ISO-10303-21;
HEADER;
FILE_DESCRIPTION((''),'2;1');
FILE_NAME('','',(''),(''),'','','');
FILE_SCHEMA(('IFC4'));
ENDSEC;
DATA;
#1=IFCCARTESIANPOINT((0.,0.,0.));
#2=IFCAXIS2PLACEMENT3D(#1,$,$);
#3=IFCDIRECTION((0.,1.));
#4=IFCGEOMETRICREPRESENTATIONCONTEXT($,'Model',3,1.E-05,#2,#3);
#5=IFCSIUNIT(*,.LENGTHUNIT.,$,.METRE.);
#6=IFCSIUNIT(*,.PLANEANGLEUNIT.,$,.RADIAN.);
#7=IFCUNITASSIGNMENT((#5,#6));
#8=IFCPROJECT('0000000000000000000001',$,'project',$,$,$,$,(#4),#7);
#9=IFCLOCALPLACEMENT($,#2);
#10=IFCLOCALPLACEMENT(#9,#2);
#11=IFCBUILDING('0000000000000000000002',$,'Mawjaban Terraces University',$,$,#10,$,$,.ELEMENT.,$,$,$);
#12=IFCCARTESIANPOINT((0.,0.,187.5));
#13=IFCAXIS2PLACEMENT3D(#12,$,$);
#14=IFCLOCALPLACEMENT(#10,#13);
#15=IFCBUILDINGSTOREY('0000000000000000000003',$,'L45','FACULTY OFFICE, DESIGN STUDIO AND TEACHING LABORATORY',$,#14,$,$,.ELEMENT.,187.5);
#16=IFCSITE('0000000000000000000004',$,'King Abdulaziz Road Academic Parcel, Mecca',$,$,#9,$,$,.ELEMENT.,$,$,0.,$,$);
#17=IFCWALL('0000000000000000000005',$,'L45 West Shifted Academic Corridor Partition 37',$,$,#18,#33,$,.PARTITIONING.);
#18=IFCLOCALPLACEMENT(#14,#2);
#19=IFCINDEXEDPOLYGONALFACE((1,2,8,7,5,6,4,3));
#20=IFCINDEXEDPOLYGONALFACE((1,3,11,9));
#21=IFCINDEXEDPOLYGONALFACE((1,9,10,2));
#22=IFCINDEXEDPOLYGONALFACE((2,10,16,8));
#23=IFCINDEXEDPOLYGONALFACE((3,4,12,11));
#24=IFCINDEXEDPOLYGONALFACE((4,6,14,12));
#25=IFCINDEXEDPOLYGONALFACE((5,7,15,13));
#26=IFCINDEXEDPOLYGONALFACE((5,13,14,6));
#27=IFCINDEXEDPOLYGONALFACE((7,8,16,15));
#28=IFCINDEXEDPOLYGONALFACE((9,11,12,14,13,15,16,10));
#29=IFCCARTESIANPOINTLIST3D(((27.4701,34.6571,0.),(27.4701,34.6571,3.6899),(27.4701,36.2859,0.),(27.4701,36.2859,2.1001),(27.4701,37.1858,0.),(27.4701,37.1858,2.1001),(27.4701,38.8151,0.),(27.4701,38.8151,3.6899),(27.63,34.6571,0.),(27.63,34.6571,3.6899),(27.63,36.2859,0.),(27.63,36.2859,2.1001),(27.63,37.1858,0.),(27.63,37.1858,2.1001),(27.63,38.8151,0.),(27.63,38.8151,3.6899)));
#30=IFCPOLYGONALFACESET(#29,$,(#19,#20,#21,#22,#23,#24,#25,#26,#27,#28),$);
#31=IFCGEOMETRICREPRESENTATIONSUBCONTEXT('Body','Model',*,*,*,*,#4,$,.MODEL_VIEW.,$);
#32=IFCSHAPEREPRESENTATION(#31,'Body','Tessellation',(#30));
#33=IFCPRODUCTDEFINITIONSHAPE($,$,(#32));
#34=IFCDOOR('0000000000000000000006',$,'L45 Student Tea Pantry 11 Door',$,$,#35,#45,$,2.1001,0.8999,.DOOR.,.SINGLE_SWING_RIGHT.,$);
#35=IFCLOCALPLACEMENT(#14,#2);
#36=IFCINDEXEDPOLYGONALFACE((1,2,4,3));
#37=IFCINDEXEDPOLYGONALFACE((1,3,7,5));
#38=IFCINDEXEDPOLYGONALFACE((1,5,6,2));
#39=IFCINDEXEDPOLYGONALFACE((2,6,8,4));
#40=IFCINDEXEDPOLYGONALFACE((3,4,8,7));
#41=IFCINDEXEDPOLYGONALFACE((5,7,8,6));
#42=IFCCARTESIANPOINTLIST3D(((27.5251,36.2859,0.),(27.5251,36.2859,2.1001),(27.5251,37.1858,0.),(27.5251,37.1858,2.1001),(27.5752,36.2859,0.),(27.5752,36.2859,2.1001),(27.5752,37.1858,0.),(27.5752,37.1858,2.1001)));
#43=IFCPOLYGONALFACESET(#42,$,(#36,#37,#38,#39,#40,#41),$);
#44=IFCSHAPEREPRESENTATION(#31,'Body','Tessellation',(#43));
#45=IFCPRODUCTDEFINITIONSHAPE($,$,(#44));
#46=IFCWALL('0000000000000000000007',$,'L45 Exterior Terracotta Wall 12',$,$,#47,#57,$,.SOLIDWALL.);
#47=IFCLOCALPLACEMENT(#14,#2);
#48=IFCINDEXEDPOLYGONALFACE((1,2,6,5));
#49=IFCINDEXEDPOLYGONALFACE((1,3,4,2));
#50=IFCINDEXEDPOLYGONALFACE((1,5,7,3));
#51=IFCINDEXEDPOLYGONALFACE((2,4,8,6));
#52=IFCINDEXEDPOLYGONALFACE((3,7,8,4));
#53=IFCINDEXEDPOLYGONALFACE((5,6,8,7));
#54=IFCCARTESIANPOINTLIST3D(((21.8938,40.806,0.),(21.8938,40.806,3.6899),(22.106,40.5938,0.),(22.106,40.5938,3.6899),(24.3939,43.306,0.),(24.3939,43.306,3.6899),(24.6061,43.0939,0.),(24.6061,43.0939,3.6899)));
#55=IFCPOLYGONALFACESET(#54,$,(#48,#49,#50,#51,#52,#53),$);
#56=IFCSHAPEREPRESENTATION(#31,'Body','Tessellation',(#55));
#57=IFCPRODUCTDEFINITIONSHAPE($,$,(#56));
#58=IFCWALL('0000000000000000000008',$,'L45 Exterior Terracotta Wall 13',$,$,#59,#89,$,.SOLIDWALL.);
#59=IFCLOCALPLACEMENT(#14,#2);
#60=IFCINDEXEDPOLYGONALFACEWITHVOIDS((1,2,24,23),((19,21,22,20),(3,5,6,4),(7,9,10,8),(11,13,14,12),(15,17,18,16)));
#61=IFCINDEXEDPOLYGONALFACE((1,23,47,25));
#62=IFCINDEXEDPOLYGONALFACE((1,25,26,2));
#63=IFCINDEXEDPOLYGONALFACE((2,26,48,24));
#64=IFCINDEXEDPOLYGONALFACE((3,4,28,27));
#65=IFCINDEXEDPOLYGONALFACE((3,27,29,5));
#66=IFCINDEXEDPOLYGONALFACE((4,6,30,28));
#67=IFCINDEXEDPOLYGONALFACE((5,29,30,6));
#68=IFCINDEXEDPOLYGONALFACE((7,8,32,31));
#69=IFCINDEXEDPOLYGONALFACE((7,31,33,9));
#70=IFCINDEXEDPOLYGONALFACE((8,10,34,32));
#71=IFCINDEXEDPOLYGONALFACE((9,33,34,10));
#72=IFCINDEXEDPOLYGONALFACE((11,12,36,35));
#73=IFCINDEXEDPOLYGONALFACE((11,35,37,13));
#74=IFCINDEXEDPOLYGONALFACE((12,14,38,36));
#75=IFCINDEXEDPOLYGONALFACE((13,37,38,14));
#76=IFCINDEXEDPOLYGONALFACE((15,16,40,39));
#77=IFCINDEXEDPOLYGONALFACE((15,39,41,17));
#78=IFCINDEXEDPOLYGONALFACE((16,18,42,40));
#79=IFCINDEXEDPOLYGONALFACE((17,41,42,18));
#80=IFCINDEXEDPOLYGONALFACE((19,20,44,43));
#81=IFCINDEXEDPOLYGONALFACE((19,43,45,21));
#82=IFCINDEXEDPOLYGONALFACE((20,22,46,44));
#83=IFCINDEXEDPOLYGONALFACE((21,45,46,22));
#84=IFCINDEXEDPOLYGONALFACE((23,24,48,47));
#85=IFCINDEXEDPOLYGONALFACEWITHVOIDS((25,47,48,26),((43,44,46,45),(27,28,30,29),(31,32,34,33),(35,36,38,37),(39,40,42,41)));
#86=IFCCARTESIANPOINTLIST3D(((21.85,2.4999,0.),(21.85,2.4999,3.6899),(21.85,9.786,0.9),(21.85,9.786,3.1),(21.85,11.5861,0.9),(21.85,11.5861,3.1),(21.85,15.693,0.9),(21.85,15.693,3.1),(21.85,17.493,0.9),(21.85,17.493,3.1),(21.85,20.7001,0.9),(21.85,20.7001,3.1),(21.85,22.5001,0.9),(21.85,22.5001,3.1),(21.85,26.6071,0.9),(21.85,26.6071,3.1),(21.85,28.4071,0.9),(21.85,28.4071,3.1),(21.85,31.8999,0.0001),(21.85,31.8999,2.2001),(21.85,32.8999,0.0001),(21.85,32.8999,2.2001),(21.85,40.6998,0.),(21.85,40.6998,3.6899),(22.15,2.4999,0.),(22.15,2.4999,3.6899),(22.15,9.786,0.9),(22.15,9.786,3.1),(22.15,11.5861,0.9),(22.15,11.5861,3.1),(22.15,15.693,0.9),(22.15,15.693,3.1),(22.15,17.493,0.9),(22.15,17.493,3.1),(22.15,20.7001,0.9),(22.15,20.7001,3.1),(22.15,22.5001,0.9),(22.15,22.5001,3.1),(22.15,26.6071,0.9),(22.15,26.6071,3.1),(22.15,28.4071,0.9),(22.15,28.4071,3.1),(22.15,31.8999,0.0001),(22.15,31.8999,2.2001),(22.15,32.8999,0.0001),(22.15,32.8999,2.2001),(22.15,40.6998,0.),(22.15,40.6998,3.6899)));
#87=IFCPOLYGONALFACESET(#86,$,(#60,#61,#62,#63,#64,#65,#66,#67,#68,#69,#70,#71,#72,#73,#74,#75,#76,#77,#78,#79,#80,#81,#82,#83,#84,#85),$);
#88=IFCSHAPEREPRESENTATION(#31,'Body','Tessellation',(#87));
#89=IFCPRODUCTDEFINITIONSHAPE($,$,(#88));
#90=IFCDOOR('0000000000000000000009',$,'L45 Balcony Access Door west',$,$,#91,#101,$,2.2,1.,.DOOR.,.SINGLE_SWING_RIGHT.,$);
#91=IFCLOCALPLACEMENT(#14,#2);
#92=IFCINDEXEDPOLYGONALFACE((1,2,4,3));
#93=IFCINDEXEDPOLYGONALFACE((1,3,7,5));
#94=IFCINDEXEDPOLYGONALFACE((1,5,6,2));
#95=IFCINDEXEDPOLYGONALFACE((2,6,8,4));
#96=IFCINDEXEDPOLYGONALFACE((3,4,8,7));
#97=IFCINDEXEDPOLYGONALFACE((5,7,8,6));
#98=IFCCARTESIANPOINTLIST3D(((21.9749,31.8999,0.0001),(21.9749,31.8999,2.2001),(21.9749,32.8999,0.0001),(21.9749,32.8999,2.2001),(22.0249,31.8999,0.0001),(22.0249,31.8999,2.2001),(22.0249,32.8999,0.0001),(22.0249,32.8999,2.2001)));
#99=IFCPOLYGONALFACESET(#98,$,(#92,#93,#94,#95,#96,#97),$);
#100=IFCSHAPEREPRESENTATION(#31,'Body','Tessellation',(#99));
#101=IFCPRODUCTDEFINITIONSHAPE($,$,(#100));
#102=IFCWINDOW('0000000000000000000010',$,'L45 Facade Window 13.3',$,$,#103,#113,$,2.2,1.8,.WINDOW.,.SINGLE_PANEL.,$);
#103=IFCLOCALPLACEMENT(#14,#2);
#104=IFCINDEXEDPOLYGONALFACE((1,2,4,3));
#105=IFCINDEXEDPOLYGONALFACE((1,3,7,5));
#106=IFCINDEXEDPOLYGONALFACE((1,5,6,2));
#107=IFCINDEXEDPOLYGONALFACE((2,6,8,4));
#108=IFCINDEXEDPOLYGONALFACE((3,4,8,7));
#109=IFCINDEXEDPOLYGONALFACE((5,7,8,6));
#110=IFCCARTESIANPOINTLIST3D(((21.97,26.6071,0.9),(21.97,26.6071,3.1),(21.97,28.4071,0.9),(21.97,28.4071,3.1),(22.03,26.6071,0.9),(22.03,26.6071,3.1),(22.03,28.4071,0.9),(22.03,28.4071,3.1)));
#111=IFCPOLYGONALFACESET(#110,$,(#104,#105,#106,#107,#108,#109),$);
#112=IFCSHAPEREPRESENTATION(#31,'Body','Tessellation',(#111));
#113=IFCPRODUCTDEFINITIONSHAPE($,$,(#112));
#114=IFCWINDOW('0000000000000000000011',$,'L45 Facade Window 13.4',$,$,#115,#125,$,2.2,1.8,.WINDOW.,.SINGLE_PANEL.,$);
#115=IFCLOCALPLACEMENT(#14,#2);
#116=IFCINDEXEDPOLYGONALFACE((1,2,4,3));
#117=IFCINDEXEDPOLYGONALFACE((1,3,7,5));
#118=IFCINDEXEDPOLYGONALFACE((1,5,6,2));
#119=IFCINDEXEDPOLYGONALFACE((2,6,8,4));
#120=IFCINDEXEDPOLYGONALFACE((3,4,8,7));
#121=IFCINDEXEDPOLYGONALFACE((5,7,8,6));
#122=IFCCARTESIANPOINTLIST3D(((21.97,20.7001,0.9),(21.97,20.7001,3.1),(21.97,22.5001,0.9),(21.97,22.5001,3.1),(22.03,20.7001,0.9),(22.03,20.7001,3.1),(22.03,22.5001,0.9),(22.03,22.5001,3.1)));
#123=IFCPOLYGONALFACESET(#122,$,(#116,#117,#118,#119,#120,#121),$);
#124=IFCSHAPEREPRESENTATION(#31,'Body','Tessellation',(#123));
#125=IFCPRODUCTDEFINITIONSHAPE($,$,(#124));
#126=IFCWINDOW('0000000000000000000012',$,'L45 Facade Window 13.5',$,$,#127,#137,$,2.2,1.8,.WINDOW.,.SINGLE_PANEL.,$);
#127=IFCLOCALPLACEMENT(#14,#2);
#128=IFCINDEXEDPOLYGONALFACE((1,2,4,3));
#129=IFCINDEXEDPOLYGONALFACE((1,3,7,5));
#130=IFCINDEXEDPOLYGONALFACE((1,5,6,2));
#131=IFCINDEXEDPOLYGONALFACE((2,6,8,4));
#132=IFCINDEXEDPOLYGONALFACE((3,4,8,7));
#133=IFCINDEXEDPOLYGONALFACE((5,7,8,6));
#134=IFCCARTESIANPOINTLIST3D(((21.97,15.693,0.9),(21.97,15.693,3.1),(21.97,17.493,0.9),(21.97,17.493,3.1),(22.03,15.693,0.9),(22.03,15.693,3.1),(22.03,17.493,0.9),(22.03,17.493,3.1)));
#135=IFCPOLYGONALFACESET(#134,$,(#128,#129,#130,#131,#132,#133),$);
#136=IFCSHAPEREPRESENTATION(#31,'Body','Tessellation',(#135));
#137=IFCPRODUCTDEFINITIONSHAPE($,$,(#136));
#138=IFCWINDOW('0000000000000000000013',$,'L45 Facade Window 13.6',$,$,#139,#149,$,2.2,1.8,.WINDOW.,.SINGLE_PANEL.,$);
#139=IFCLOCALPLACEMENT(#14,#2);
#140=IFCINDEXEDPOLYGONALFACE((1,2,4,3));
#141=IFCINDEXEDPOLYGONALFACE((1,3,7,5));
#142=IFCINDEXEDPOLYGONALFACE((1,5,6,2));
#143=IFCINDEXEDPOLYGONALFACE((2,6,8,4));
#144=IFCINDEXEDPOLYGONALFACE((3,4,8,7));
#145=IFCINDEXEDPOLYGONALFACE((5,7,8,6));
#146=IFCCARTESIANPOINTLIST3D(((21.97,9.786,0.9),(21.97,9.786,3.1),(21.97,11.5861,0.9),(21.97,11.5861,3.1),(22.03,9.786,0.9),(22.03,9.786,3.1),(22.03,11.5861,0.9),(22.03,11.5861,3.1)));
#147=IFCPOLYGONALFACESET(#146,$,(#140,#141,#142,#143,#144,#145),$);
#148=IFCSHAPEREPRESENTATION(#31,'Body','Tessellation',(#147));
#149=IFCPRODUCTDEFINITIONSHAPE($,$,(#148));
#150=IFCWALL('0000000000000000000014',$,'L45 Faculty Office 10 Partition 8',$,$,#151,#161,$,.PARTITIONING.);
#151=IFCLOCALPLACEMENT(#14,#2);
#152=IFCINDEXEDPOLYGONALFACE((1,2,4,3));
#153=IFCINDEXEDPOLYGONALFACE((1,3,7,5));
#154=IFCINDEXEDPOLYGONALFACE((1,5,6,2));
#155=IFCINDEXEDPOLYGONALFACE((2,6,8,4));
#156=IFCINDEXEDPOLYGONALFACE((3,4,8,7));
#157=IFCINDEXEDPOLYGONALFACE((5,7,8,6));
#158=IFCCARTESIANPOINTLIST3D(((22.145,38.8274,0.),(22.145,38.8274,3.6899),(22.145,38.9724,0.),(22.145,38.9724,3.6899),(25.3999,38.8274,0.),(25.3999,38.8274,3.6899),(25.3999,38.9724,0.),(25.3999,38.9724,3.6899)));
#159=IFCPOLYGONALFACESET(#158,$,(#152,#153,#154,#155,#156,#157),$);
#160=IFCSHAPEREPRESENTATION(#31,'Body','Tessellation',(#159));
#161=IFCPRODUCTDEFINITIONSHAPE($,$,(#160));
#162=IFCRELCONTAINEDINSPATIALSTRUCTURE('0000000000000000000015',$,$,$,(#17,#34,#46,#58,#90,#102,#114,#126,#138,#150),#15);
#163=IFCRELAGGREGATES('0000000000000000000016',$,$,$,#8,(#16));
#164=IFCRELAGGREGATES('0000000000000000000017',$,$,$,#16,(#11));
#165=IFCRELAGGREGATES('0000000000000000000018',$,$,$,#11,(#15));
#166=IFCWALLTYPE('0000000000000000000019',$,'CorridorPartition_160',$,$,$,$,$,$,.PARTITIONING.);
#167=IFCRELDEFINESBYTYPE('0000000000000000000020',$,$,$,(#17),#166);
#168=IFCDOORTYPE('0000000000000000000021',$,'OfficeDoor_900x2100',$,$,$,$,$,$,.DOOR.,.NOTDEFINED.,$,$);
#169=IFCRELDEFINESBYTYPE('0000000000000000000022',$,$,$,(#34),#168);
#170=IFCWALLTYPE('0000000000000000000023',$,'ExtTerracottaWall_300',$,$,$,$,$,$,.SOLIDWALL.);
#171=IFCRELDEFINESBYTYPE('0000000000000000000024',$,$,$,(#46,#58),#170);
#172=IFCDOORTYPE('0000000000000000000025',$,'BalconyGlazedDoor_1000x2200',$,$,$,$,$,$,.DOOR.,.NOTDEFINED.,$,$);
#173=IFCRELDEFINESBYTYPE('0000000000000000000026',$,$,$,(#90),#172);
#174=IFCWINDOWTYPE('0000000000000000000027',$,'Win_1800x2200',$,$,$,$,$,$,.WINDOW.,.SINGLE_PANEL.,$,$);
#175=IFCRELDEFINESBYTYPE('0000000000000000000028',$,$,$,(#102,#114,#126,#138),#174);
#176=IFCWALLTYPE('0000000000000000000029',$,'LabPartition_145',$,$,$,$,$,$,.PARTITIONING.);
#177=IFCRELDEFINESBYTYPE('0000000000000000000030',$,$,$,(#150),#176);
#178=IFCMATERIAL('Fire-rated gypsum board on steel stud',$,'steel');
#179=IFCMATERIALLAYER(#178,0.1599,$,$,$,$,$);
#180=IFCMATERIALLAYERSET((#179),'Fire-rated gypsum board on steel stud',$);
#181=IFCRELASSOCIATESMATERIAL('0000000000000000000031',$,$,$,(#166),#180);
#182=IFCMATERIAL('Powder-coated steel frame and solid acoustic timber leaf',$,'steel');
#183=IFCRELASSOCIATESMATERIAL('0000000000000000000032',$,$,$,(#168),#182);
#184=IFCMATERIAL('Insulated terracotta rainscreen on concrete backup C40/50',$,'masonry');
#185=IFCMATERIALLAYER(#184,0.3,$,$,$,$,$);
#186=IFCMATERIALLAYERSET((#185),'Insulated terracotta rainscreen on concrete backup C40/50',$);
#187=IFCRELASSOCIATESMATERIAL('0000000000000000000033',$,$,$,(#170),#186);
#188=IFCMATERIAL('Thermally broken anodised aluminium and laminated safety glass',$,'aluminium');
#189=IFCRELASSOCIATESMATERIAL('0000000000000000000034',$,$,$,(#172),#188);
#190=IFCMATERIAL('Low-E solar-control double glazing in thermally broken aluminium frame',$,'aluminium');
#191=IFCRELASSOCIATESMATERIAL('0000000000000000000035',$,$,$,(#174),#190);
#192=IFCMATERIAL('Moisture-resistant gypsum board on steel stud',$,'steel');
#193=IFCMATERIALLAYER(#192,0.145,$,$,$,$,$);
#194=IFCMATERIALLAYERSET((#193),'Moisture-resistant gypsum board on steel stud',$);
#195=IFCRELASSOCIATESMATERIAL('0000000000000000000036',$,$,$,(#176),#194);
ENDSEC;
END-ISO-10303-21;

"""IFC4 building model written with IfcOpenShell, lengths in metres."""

from ifc_helpers import new_model, si_unit, direction, frame, frame_2d, origin, place, context, subcontext, project, spatial, rectangle, extrude, material, layer, layer_set, type_object, element, fill, save


model = new_model("IFC4")

# Units and contexts
model_context = context("Model", 3, precision=1e-05, world=origin(), true_north=direction((0.0, 1.0)))
body_context = subcontext(model_context, "Body", "Model", "MODEL_VIEW")
ifc_project = project(units=[si_unit("LENGTHUNIT", "METRE"), si_unit("PLANEANGLEUNIT", "RADIAN")], contexts=[model_context])

# Site, building, storey
site_placement = place(None, origin())
site = spatial("IfcSite", under=ifc_project, at=site_placement, Name="King Abdulaziz Road Academic Parcel, Mecca", CompositionType="ELEMENT", RefElevation=0.0)
building_placement = place(site_placement, origin())
building = spatial("IfcBuilding", under=site, at=building_placement, Name="Mawjaban Terraces University", CompositionType="ELEMENT")
storey_placement = place(building_placement, frame((0.0, 0.0, 187.5)))
storey = spatial("IfcBuildingStorey", under=building, at=storey_placement, Name="L45", Description="FACULTY OFFICE, DESIGN STUDIO AND TEACHING LABORATORY", CompositionType="ELEMENT", Elevation=187.5)

# Wall, opening, door
ifc_material_1 = material(Name="Powder-coated steel frame and solid acoustic timber leaf", Category="steel")
ifc_material_2 = material(Name="Fire-rated gypsum board on steel stud", Category="steel")
ifc_layer_1 = layer(ifc_material_2, 0.1599)
ifc_layer_set_1 = layer_set([ifc_layer_1], Name="Fire-rated gypsum board on steel stud")
wall_type_1 = type_object("IfcWallType", Name="CorridorPartition_160", PredefinedType="PARTITIONING", material=ifc_layer_set_1)
door_type_1 = type_object("IfcDoorType", Name="OfficeDoor_900x2100", OperationType="NOTDEFINED", PredefinedType="DOOR", material=ifc_material_1)
wall_1_placement = place(storey_placement, frame((27.55, 34.657, 0.0), z_axis=(0.0, 0.0, 1.0), x_axis=(0.0, 1.0, 0.0)))
wall_1 = element("IfcWall", 1, at=wall_1_placement, inside=storey, type_object=wall_type_1, Name="L45 West Shifted Academic Corridor Partition 37", PredefinedType="PARTITIONING", context=body_context, shape_type="SweptSolid", body=[
    extrude(rectangle(XDim=4.158, YDim=0.1599, at=frame_2d((2.0791, 0.0))), origin(), (0.0, 0.0, 1.0), 3.6899),
])
opening_1_placement = place(wall_1_placement, frame((1.6289, 0.0, 0.0)))
opening_1 = element("IfcOpeningElement", 2, at=opening_1_placement, cuts=wall_1, PredefinedType="OPENING", context=body_context, shape_type="SweptSolid", body=[
    extrude(rectangle(XDim=0.8999, YDim=2.1001, at=frame_2d((0.45, 1.05))), frame((0.0, 0.0898, 0.0), z_axis=(0.0, -1.0, 0.0), x_axis=(1.0, 0.0, 0.0)), (0.0, 0.0, 1.0), 0.1799),
])
door_1_placement = place(opening_1_placement, origin())
door_1 = element("IfcDoor", 3, at=door_1_placement, inside=storey, type_object=door_type_1, Name="L45 Student Tea Pantry 11 Door", OperationType="SINGLE_SWING_RIGHT", OverallHeight=2.1001, OverallWidth=0.8999, PredefinedType="DOOR", context=body_context, shape_type="SweptSolid", body=[
    extrude(rectangle(XDim=0.8999, YDim=2.1001, at=frame_2d((0.45, 1.05))), frame((0.0, 0.0249, 0.0), z_axis=(0.0, -1.0, 0.0), x_axis=(1.0, 0.0, 0.0)), (0.0, 0.0, 1.0), 0.05),
])
fill(opening_1, door_1)

# Wall
ifc_material_3 = material(Name="Insulated terracotta rainscreen on concrete backup C40/50", Category="masonry")
ifc_layer_2 = layer(ifc_material_3, 0.3)
ifc_layer_set_2 = layer_set([ifc_layer_2], Name="Insulated terracotta rainscreen on concrete backup C40/50")
wall_type_2 = type_object("IfcWallType", Name="ExtTerracottaWall_300", PredefinedType="SOLIDWALL", material=ifc_layer_set_2)
wall_2_placement = place(storey_placement, frame((24.5, 43.2, 0.0), z_axis=(0.0, 0.0, 1.0), x_axis=(-0.707107, -0.707107, 0.0)))
element("IfcWall", 4, at=wall_2_placement, inside=storey, type_object=wall_type_2, Name="L45 Exterior Terracotta Wall 12", PredefinedType="SOLIDWALL", context=body_context, shape_type="SweptSolid", body=[
    extrude(rectangle(XDim=3.5356, YDim=0.3, at=frame_2d((1.7678, 0.0))), origin(), (0.0, 0.0, 1.0), 3.6899),
])

# Wall, openings, door, windows
wall_3_placement = place(storey_placement, frame((22.0, 40.7, 0.0), z_axis=(0.0, 0.0, 1.0), x_axis=(0.0, -1.0, 0.0)))
wall_3 = element("IfcWall", 5, at=wall_3_placement, inside=storey, type_object=wall_type_2, Name="L45 Exterior Terracotta Wall 13", PredefinedType="SOLIDWALL", context=body_context, shape_type="SweptSolid", body=[
    extrude(rectangle(XDim=38.2, YDim=0.3, at=frame_2d((19.1001, 0.0))), origin(), (0.0, 0.0, 1.0), 3.6899),
])
opening_2_placement = place(wall_3_placement, frame((7.8, 0.0, 0.0)))
opening_2 = element("IfcOpeningElement", 6, at=opening_2_placement, cuts=wall_3, PredefinedType="OPENING", context=body_context, shape_type="SweptSolid", body=[
    extrude(rectangle(XDim=1.0, YDim=2.2, at=frame_2d((0.5, 1.1001))), frame((0.0, 0.1599, 0.0), z_axis=(0.0, -1.0, 0.0), x_axis=(1.0, 0.0, 0.0)), (0.0, 0.0, 1.0), 0.3201),
])
opening_3_placement = place(wall_3_placement, frame((12.293, 0.0, 0.8999)))
opening_3 = element("IfcOpeningElement", 7, at=opening_3_placement, cuts=wall_3, PredefinedType="OPENING", context=body_context, shape_type="SweptSolid", body=[
    extrude(rectangle(XDim=1.8, YDim=2.2, at=frame_2d((0.8999, 1.1001))), frame((0.0, 0.1599, 0.0), z_axis=(0.0, -1.0, 0.0), x_axis=(1.0, 0.0, 0.0)), (0.0, 0.0, 1.0), 0.3201),
])
opening_4_placement = place(wall_3_placement, frame((18.2, 0.0, 0.8999)))
opening_4 = element("IfcOpeningElement", 8, at=opening_4_placement, cuts=wall_3, PredefinedType="OPENING", context=body_context, shape_type="SweptSolid", body=[
    extrude(rectangle(XDim=1.8, YDim=2.2, at=frame_2d((0.8999, 1.1001))), frame((0.0, 0.1599, 0.0), z_axis=(0.0, -1.0, 0.0), x_axis=(1.0, 0.0, 0.0)), (0.0, 0.0, 1.0), 0.3201),
])
opening_5_placement = place(wall_3_placement, frame((23.207, 0.0, 0.8999)))
opening_5 = element("IfcOpeningElement", 9, at=opening_5_placement, cuts=wall_3, PredefinedType="OPENING", context=body_context, shape_type="SweptSolid", body=[
    extrude(rectangle(XDim=1.8, YDim=2.2, at=frame_2d((0.8999, 1.1001))), frame((0.0, 0.1599, 0.0), z_axis=(0.0, -1.0, 0.0), x_axis=(1.0, 0.0, 0.0)), (0.0, 0.0, 1.0), 0.3201),
])
opening_6_placement = place(wall_3_placement, frame((29.114, 0.0, 0.8999)))
opening_6 = element("IfcOpeningElement", 10, at=opening_6_placement, cuts=wall_3, PredefinedType="OPENING", context=body_context, shape_type="SweptSolid", body=[
    extrude(rectangle(XDim=1.8, YDim=2.2, at=frame_2d((0.8999, 1.1001))), frame((0.0, 0.1599, 0.0), z_axis=(0.0, -1.0, 0.0), x_axis=(1.0, 0.0, 0.0)), (0.0, 0.0, 1.0), 0.3201),
])
ifc_material_4 = material(Name="Thermally broken anodised aluminium and laminated safety glass", Category="aluminium")
door_type_2 = type_object("IfcDoorType", Name="BalconyGlazedDoor_1000x2200", OperationType="NOTDEFINED", PredefinedType="DOOR", material=ifc_material_4)
door_2_placement = place(opening_2_placement, origin())
door_2 = element("IfcDoor", 11, at=door_2_placement, inside=storey, type_object=door_type_2, Name="L45 Balcony Access Door west", OperationType="SINGLE_SWING_RIGHT", OverallHeight=2.2, OverallWidth=1.0, PredefinedType="DOOR", context=body_context, shape_type="SweptSolid", body=[
    extrude(rectangle(XDim=1.0, YDim=2.2, at=frame_2d((0.5, 1.1001))), frame((0.0, 0.0249, 0.0), z_axis=(0.0, -1.0, 0.0), x_axis=(1.0, 0.0, 0.0)), (0.0, 0.0, 1.0), 0.05),
])
fill(opening_2, door_2)
ifc_material_5 = material(Name="Low-E solar-control double glazing in thermally broken aluminium frame", Category="aluminium")
window_type = type_object("IfcWindowType", Name="Win_1800x2200", PartitioningType="SINGLE_PANEL", PredefinedType="WINDOW", material=ifc_material_5)
window_1_placement = place(opening_3_placement, origin())
window_1 = element("IfcWindow", 12, at=window_1_placement, inside=storey, type_object=window_type, Name="L45 Facade Window 13.3", OverallHeight=2.2, OverallWidth=1.8, PartitioningType="SINGLE_PANEL", PredefinedType="WINDOW", context=body_context, shape_type="SweptSolid", body=[
    extrude(rectangle(XDim=1.8, YDim=2.2, at=frame_2d((0.8999, 1.1001))), frame((0.0, 0.03, 0.0), z_axis=(0.0, -1.0, 0.0), x_axis=(1.0, 0.0, 0.0)), (0.0, 0.0, 1.0), 0.0601),
])
fill(opening_3, window_1)
window_2_placement = place(opening_4_placement, origin())
window_2 = element("IfcWindow", 13, at=window_2_placement, inside=storey, type_object=window_type, Name="L45 Facade Window 13.4", OverallHeight=2.2, OverallWidth=1.8, PartitioningType="SINGLE_PANEL", PredefinedType="WINDOW", context=body_context, shape_type="SweptSolid", body=[
    extrude(rectangle(XDim=1.8, YDim=2.2, at=frame_2d((0.8999, 1.1001))), frame((0.0, 0.03, 0.0), z_axis=(0.0, -1.0, 0.0), x_axis=(1.0, 0.0, 0.0)), (0.0, 0.0, 1.0), 0.0601),
])
fill(opening_4, window_2)
window_3_placement = place(opening_5_placement, origin())
window_3 = element("IfcWindow", 14, at=window_3_placement, inside=storey, type_object=window_type, Name="L45 Facade Window 13.5", OverallHeight=2.2, OverallWidth=1.8, PartitioningType="SINGLE_PANEL", PredefinedType="WINDOW", context=body_context, shape_type="SweptSolid", body=[
    extrude(rectangle(XDim=1.8, YDim=2.2, at=frame_2d((0.8999, 1.1001))), frame((0.0, 0.03, 0.0), z_axis=(0.0, -1.0, 0.0), x_axis=(1.0, 0.0, 0.0)), (0.0, 0.0, 1.0), 0.0601),
])
fill(opening_5, window_3)
window_4_placement = place(opening_6_placement, origin())
window_4 = element("IfcWindow", 15, at=window_4_placement, inside=storey, type_object=window_type, Name="L45 Facade Window 13.6", OverallHeight=2.2, OverallWidth=1.8, PartitioningType="SINGLE_PANEL", PredefinedType="WINDOW", context=body_context, shape_type="SweptSolid", body=[
    extrude(rectangle(XDim=1.8, YDim=2.2, at=frame_2d((0.8999, 1.1001))), frame((0.0, 0.03, 0.0), z_axis=(0.0, -1.0, 0.0), x_axis=(1.0, 0.0, 0.0)), (0.0, 0.0, 1.0), 0.0601),
])
fill(opening_6, window_4)

# Wall
ifc_material_6 = material(Name="Moisture-resistant gypsum board on steel stud", Category="steel")
ifc_layer_3 = layer(ifc_material_6, 0.145)
ifc_layer_set_3 = layer_set([ifc_layer_3], Name="Moisture-resistant gypsum board on steel stud")
wall_type_3 = type_object("IfcWallType", Name="LabPartition_145", PredefinedType="PARTITIONING", material=ifc_layer_set_3)
wall_4_placement = place(storey_placement, frame((25.3999, 38.8999, 0.0), z_axis=(0.0, 0.0, 1.0), x_axis=(-1.0, 0.0, 0.0)))
element("IfcWall", 16, at=wall_4_placement, inside=storey, type_object=wall_type_3, Name="L45 Faculty Office 10 Partition 8", PredefinedType="PARTITIONING", context=body_context, shape_type="SweptSolid", body=[
    extrude(rectangle(XDim=3.2549, YDim=0.145, at=frame_2d((1.6274, 0.0))), origin(), (0.0, 0.0, 1.0), 3.6899),
])

save(model, "model.ifc")
